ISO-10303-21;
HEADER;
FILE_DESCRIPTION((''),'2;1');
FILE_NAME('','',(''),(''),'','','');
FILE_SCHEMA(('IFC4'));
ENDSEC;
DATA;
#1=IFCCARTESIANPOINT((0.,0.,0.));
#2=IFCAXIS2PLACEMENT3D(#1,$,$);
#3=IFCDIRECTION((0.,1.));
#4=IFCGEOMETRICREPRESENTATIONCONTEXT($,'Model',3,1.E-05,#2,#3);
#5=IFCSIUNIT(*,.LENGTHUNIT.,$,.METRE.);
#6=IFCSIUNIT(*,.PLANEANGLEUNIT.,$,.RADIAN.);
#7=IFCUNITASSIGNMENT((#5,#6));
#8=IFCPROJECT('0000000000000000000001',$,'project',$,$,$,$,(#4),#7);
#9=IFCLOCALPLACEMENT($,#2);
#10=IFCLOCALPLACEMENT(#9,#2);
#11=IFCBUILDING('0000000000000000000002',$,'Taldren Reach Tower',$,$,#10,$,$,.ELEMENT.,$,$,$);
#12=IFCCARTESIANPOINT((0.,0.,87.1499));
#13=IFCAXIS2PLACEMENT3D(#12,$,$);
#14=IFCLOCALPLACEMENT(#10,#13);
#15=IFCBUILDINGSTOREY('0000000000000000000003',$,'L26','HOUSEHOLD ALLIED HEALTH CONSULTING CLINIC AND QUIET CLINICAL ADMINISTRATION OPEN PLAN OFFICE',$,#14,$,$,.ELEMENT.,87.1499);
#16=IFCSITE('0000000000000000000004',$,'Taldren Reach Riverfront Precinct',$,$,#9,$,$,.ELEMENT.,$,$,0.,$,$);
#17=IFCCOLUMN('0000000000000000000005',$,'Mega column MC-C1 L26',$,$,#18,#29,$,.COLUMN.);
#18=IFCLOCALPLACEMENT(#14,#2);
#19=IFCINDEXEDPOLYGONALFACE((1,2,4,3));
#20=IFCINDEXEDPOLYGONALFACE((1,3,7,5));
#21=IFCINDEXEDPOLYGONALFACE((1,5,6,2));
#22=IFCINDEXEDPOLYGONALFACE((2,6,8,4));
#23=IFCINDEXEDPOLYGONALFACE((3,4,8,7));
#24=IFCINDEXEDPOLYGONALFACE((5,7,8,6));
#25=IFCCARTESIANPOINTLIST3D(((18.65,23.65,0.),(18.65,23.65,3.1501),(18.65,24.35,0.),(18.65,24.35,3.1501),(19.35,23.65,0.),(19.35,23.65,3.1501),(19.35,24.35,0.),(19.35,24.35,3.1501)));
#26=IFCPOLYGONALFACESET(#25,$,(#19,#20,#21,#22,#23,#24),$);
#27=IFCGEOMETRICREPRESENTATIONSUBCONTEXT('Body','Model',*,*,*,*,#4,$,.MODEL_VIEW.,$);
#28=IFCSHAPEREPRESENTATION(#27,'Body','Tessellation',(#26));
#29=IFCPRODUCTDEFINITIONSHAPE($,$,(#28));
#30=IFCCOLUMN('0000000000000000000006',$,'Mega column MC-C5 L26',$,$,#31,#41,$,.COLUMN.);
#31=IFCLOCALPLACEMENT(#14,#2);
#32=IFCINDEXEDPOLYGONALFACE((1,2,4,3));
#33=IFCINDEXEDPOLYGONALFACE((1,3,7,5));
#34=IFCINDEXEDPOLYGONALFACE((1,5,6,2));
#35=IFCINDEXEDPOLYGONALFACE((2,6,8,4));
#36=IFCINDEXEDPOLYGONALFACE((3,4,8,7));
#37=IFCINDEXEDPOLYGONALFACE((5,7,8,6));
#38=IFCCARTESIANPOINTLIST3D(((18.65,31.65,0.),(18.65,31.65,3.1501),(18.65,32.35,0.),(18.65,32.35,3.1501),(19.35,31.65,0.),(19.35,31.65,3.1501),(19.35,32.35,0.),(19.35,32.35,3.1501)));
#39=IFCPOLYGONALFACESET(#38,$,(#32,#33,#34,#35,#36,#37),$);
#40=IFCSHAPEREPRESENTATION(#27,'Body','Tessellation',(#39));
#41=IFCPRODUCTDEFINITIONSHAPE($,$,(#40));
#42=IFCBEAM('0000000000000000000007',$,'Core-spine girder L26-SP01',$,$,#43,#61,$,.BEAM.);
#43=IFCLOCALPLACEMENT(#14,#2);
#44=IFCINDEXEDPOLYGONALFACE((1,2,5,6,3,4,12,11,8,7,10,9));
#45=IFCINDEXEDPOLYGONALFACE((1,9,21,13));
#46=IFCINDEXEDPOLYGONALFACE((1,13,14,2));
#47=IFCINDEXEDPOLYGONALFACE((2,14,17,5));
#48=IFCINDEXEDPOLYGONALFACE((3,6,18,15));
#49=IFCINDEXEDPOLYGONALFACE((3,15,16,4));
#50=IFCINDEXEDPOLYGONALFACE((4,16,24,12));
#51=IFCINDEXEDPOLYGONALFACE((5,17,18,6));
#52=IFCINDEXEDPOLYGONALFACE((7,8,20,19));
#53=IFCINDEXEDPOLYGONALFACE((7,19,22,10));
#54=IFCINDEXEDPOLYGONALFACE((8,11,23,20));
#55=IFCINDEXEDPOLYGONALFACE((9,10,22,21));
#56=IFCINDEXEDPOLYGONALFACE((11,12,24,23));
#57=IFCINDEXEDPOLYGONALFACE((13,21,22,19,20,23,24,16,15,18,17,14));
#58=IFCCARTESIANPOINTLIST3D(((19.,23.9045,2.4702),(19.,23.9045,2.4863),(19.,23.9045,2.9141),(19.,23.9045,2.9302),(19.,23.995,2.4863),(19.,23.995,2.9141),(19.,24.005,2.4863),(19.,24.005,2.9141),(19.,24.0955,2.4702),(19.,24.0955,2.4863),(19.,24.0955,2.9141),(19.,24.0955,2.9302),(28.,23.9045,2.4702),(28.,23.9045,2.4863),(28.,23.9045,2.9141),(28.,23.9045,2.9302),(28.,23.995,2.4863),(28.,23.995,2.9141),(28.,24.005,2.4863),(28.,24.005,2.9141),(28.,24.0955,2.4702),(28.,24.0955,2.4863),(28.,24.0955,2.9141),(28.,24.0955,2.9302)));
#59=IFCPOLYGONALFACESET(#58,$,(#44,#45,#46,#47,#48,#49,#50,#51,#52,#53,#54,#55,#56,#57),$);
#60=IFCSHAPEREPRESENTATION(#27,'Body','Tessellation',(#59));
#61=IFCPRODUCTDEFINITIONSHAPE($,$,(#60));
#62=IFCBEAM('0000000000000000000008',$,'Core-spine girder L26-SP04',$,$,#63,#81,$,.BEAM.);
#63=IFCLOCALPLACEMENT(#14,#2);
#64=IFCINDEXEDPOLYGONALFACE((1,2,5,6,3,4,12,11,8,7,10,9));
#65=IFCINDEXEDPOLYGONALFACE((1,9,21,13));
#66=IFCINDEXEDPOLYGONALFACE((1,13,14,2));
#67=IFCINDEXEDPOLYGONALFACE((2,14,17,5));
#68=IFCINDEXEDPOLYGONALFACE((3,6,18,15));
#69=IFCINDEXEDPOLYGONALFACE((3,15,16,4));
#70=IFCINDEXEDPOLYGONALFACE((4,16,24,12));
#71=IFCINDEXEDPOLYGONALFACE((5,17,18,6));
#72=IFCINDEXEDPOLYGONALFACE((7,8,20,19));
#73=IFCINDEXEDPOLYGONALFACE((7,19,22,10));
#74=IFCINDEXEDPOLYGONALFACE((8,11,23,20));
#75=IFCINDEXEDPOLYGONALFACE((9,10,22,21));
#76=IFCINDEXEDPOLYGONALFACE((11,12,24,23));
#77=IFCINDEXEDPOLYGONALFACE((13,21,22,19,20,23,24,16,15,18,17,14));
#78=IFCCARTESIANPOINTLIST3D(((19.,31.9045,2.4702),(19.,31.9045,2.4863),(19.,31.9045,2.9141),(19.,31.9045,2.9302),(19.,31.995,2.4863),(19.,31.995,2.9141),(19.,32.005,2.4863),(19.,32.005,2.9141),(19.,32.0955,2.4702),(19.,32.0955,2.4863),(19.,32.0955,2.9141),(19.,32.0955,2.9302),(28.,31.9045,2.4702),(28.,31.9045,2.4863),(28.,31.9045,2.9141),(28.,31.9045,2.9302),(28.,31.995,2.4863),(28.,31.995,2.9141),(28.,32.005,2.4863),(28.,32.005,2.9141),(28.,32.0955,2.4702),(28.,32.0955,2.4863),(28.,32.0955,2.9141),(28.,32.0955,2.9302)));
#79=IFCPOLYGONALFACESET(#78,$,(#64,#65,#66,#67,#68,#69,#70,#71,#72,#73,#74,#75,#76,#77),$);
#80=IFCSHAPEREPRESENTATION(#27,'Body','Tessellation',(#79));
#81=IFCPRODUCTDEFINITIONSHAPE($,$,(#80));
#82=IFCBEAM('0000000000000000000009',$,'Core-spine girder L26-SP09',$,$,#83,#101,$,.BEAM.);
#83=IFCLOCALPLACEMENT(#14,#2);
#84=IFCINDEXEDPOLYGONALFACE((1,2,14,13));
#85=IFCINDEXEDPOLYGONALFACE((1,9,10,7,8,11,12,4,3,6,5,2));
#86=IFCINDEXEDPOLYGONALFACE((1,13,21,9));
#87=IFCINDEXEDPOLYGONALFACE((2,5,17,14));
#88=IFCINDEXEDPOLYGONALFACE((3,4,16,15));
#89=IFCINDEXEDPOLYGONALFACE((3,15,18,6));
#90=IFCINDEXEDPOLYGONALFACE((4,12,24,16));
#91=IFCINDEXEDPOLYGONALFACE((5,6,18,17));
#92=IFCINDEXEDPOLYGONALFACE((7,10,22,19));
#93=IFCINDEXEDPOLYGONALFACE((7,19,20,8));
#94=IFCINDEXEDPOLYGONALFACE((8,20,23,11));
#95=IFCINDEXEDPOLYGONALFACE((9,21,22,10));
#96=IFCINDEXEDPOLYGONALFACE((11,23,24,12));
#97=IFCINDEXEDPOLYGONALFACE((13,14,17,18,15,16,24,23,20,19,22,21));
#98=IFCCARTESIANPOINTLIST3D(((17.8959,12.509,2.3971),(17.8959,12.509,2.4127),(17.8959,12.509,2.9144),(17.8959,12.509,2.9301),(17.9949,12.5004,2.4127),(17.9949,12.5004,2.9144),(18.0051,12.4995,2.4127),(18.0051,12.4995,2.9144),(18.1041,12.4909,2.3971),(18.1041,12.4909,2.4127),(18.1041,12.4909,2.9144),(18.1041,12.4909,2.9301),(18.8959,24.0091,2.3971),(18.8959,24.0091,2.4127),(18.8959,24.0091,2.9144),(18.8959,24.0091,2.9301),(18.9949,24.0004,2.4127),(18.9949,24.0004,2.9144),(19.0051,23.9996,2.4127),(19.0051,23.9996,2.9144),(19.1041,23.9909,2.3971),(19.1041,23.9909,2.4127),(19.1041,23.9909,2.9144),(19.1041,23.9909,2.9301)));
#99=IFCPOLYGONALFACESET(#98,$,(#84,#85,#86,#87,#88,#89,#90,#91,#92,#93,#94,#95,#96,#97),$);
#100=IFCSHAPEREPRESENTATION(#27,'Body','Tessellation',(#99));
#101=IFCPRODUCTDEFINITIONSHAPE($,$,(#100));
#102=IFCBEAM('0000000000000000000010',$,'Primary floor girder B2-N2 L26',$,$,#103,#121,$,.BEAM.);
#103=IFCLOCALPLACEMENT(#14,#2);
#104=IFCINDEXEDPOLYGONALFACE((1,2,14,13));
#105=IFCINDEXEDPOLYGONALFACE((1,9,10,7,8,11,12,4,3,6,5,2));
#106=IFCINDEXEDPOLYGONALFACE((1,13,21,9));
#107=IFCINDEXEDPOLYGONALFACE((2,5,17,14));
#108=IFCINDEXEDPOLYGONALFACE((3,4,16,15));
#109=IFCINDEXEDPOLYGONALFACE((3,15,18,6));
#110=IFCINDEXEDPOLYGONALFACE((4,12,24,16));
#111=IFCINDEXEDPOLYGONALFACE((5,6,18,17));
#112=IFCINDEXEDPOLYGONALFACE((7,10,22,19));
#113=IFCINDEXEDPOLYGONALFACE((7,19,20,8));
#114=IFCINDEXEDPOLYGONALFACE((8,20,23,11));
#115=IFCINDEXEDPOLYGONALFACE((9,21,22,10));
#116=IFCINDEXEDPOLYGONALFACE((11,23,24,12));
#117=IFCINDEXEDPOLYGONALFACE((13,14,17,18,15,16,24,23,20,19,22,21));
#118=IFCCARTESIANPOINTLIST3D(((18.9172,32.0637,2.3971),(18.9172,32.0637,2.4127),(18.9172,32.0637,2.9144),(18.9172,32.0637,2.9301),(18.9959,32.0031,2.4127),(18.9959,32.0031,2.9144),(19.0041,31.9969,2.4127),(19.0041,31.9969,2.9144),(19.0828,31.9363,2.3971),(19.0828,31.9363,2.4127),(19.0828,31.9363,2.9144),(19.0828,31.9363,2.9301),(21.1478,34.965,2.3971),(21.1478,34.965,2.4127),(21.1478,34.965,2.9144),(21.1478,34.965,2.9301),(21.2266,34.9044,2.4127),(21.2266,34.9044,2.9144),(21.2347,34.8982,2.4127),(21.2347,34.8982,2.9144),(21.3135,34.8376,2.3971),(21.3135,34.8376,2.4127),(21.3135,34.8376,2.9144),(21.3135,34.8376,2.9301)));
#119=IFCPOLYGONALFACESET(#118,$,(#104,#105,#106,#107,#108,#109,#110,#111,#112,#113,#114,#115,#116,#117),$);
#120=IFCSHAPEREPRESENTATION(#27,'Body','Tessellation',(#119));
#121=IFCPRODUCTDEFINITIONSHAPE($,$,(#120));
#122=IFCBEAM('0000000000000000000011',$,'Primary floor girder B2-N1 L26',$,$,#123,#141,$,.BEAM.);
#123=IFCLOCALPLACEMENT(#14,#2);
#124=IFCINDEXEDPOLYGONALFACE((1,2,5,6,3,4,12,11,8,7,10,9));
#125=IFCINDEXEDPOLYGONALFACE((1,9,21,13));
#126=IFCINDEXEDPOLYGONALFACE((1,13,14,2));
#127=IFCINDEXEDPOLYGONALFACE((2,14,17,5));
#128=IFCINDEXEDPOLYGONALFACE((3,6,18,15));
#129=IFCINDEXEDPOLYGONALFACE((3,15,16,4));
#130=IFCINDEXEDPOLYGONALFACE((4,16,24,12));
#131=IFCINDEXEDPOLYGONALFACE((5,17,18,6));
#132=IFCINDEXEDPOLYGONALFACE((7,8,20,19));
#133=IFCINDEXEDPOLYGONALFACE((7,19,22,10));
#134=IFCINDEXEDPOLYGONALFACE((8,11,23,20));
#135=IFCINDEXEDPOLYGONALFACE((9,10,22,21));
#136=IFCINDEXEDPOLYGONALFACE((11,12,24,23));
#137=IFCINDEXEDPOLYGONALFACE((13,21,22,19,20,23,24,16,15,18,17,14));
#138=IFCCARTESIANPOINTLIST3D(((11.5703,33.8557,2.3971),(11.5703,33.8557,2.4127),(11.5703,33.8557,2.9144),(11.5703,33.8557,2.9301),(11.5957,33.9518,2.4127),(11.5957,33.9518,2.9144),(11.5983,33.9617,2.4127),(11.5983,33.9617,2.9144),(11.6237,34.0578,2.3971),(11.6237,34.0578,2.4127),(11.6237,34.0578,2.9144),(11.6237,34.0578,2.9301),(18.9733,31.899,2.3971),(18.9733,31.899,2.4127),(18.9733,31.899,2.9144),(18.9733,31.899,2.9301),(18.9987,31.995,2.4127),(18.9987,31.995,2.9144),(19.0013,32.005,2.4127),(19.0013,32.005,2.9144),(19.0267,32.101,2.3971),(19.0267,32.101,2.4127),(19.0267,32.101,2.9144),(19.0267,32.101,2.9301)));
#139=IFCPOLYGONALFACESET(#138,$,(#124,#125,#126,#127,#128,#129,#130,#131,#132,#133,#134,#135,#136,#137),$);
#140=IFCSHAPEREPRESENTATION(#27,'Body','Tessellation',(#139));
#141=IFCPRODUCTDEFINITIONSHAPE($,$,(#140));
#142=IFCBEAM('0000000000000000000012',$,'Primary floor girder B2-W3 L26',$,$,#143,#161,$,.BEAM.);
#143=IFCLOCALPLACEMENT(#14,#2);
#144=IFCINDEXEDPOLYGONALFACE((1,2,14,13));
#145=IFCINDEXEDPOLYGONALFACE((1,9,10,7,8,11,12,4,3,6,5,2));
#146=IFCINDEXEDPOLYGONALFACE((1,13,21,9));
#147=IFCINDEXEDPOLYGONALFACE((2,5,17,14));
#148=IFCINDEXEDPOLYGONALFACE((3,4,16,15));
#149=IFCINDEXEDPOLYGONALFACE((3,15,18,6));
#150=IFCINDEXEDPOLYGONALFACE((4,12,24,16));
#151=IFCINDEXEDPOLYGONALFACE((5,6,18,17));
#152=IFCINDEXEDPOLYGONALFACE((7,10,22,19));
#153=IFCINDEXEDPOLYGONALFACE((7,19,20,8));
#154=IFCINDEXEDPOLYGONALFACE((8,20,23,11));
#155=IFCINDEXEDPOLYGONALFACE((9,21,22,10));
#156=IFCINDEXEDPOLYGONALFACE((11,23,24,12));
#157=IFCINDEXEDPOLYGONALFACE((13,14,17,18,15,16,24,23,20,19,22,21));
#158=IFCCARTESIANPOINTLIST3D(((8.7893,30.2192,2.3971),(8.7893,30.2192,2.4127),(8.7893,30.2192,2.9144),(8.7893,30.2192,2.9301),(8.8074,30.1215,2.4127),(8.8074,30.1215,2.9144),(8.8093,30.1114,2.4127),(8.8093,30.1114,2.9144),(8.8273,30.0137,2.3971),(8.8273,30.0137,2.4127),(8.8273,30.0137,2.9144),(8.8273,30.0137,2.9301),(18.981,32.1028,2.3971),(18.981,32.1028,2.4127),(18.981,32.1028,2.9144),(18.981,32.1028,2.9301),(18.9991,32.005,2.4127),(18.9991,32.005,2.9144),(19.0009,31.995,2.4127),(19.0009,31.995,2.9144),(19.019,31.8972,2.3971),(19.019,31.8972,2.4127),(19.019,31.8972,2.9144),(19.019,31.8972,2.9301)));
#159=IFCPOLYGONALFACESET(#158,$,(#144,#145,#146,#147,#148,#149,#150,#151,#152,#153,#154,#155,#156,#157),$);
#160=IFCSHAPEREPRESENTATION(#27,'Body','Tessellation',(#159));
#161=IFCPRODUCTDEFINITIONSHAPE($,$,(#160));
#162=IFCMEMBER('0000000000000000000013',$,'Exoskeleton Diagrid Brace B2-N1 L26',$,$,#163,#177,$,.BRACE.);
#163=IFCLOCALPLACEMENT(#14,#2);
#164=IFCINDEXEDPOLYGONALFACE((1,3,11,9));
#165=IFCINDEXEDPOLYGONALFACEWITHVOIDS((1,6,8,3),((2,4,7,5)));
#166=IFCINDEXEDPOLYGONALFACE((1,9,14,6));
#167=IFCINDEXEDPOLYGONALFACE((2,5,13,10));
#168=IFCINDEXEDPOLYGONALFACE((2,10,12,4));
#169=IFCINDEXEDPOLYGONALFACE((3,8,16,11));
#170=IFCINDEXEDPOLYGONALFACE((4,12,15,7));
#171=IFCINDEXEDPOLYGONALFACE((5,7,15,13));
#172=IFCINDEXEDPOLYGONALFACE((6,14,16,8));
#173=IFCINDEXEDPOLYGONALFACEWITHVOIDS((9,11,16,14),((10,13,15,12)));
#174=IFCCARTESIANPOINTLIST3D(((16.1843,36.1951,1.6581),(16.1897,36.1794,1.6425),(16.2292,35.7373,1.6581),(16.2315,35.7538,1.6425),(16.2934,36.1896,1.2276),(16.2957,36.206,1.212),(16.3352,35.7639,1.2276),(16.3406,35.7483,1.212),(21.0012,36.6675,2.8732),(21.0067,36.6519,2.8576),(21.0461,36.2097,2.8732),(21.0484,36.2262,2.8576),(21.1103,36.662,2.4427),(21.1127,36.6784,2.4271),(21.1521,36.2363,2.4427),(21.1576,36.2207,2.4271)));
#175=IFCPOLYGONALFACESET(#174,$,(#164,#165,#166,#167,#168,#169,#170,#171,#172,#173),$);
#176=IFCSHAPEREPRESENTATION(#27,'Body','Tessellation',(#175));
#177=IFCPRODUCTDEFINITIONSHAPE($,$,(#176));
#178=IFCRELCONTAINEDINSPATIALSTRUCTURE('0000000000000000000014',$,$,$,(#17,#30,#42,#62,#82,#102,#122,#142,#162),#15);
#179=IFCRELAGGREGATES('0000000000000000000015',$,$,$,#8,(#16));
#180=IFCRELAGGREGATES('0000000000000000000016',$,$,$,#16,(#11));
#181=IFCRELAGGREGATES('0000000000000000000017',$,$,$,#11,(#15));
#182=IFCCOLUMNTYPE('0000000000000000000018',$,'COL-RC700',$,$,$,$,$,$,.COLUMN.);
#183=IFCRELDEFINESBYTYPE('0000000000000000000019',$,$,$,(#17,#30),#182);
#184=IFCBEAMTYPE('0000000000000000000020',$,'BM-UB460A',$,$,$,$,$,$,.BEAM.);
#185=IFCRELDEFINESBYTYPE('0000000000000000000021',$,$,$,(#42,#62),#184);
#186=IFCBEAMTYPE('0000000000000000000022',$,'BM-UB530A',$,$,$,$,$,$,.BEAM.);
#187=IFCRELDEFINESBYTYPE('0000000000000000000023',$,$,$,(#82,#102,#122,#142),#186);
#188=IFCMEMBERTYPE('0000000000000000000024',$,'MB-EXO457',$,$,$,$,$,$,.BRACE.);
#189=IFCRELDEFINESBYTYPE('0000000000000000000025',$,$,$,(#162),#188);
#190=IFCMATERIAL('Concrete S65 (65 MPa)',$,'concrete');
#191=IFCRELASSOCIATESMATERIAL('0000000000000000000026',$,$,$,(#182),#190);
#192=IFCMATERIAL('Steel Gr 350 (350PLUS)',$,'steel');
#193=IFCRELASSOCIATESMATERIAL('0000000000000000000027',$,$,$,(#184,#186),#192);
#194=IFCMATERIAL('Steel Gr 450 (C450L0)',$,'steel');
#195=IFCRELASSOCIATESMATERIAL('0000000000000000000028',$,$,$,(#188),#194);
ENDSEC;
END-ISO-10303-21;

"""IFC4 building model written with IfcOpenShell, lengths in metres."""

from ifc_helpers import new_model, si_unit, direction, frame, origin, origin_2d, place, context, subcontext, project, spatial, rectangle, hollow_rectangle, i_section, extrude, source, transform, mapped, material, material_profile, profile_set, type_object, element, save


model = new_model("IFC4")

# Units and contexts
model_context = context("Model", 3, precision=1e-05, world=origin(), true_north=direction((0.0, 1.0)))
body_context = subcontext(model_context, "Body", "Model", "MODEL_VIEW")
ifc_project = project(units=[si_unit("LENGTHUNIT", "METRE"), si_unit("PLANEANGLEUNIT", "RADIAN")], contexts=[model_context])

# Site, building, storey
site_placement = place(None, origin())
site = spatial("IfcSite", under=ifc_project, at=site_placement, Name="Taldren Reach Riverfront Precinct", CompositionType="ELEMENT", RefElevation=0.0)
building_placement = place(site_placement, origin())
building = spatial("IfcBuilding", under=site, at=building_placement, Name="Taldren Reach Tower", CompositionType="ELEMENT")
storey_placement = place(building_placement, frame((0.0, 0.0, 87.1499)))
storey = spatial("IfcBuildingStorey", under=building, at=storey_placement, Name="L26", Description="HOUSEHOLD ALLIED HEALTH CONSULTING CLINIC AND QUIET CLINICAL ADMINISTRATION OPEN PLAN OFFICE", CompositionType="ELEMENT", Elevation=87.1499)

# Columns
ifc_material_1 = material(Name="Concrete S65 (65 MPa)", Category="concrete")
ifc_material_profile_1 = material_profile(ifc_material_1, rectangle(XDim=0.7, YDim=0.7, at=origin_2d()), Name="RC-700x700")
ifc_profile_set_1 = profile_set([ifc_material_profile_1], Name="Concrete S65 (65 MPa)")
column_type = type_object("IfcColumnType", Name="COL-RC700", PredefinedType="COLUMN", material=ifc_profile_set_1)
shared_shape_1 = source(origin(), body_context, "Body", "SweptSolid", [
    extrude(rectangle(XDim=0.7, YDim=0.7, at=origin_2d()), origin(), (0.0, 0.0, 1.0), 3.1501),
])
for number, where, z_axis, x_axis, name in (
    (1, (19.0, 24.0, 0.0), (0.0, 0.0, 1.0), (1.0, 0.0, 0.0), "Mega column MC-C1 L26"),
    (2, (19.0, 32.0, 0.0), (0.0, 0.0, 1.0), (1.0, 0.0, 0.0), "Mega column MC-C5 L26"),
):
    element("IfcColumn", number, at=place(storey_placement, frame(where, z_axis=z_axis, x_axis=x_axis)), inside=storey, type_object=column_type, Name=name, PredefinedType="COLUMN", context=body_context, shape_type="MappedRepresentation", body=[
        mapped(shared_shape_1, transform((0.0, 0.0, 0.0), scale=1.0)),
    ])

# Beams
ifc_material_2 = material(Name="Steel Gr 350 (350PLUS)", Category="steel")
ifc_material_profile_2 = material_profile(ifc_material_2, i_section(OverallWidth=0.1909, OverallDepth=0.46, WebThickness=0.01, FlangeThickness=0.0161, at=origin_2d()), Name="460UB82.1")
ifc_profile_set_2 = profile_set([ifc_material_profile_2], Name="Steel Gr 350 (350PLUS)")
beam_type_1 = type_object("IfcBeamType", Name="BM-UB460A", PredefinedType="BEAM", material=ifc_profile_set_2)
shared_shape_2 = source(origin(), body_context, "Body", "SweptSolid", [
    extrude(i_section(OverallWidth=0.1909, OverallDepth=0.46, WebThickness=0.01, FlangeThickness=0.0161, at=origin_2d()), origin(), (0.0, 0.0, 1.0), 9.0),
])
for number, where, z_axis, x_axis, name in (
    (3, (19.0, 24.0, 2.7002), (1.0, 0.0, 0.0), (0.0, 1.0, 0.0), "Core-spine girder L26-SP01"),
    (4, (19.0, 32.0, 2.7002), (1.0, 0.0, 0.0), (0.0, 1.0, 0.0), "Core-spine girder L26-SP04"),
):
    element("IfcBeam", number, at=place(storey_placement, frame(where, z_axis=z_axis, x_axis=x_axis)), inside=storey, type_object=beam_type_1, Name=name, PredefinedType="BEAM", context=body_context, shape_type="MappedRepresentation", body=[
        mapped(shared_shape_2, transform((0.0, 0.0, 0.0), scale=1.0)),
    ])
ifc_material_profile_3 = material_profile(ifc_material_2, i_section(OverallWidth=0.209, OverallDepth=0.533, WebThickness=0.0103, FlangeThickness=0.0156, at=origin_2d()), Name="530UB92.4")
ifc_profile_set_3 = profile_set([ifc_material_profile_3], Name="Steel Gr 350 (350PLUS)")
beam_type_2 = type_object("IfcBeamType", Name="BM-UB530A", PredefinedType="BEAM", material=ifc_profile_set_3)
shared_shape_3 = source(origin(), body_context, "Body", "SweptSolid", [
    extrude(i_section(OverallWidth=0.209, OverallDepth=0.533, WebThickness=0.0103, FlangeThickness=0.0156, at=origin_2d()), origin(), (0.0, 0.0, 1.0), 11.5435),
])
beam_1_placement = place(storey_placement, frame((19.0, 24.0, 2.6636), z_axis=(-0.08663, -0.996241, 0.0), x_axis=(0.996241, -0.08663, 0.0)))
element("IfcBeam", 5, at=beam_1_placement, inside=storey, type_object=beam_type_2, Name="Core-spine girder L26-SP09", PredefinedType="BEAM", context=body_context, shape_type="MappedRepresentation", body=[
    mapped(shared_shape_3, transform((0.0, 0.0, 0.0), scale=1.0)),
])
shared_shape_4 = source(origin(), body_context, "Body", "SweptSolid", [
    extrude(i_section(OverallWidth=0.209, OverallDepth=0.533, WebThickness=0.0103, FlangeThickness=0.0156, at=origin_2d()), origin(), (0.0, 0.0, 1.0), 3.6597),
])
beam_2_placement = place(storey_placement, frame((19.0, 32.0, 2.6636), z_axis=(0.609521, 0.79277, 0.0), x_axis=(-0.79277, 0.609521, 0.0)))
element("IfcBeam", 6, at=beam_2_placement, inside=storey, type_object=beam_type_2, Name="Primary floor girder B2-N2 L26", PredefinedType="BEAM", context=body_context, shape_type="MappedRepresentation", body=[
    mapped(shared_shape_4, transform((0.0, 0.0, 0.0), scale=1.0)),
])
shared_shape_5 = source(origin(), body_context, "Body", "SweptSolid", [
    extrude(i_section(OverallWidth=0.209, OverallDepth=0.533, WebThickness=0.0103, FlangeThickness=0.0156, at=origin_2d()), origin(), (0.0, 0.0, 1.0), 7.6572),
])
beam_3_placement = place(storey_placement, frame((19.0, 32.0, 2.6636), z_axis=(-0.966797, 0.255545, 0.0), x_axis=(-0.255545, -0.966797, 0.0)))
element("IfcBeam", 7, at=beam_3_placement, inside=storey, type_object=beam_type_2, Name="Primary floor girder B2-N1 L26", PredefinedType="BEAM", context=body_context, shape_type="MappedRepresentation", body=[
    mapped(shared_shape_5, transform((0.0, 0.0, 0.0), scale=1.0)),
])
shared_shape_6 = source(origin(), body_context, "Body", "SweptSolid", [
    extrude(i_section(OverallWidth=0.209, OverallDepth=0.533, WebThickness=0.0103, FlangeThickness=0.0156, at=origin_2d()), origin(), (0.0, 0.0, 1.0), 10.3643),
])
beam_4_placement = place(storey_placement, frame((19.0, 32.0, 2.6636), z_axis=(-0.983348, -0.181735, 0.0), x_axis=(0.181735, -0.983348, 0.0)))
element("IfcBeam", 8, at=beam_4_placement, inside=storey, type_object=beam_type_2, Name="Primary floor girder B2-W3 L26", PredefinedType="BEAM", context=body_context, shape_type="MappedRepresentation", body=[
    mapped(shared_shape_6, transform((0.0, 0.0, 0.0), scale=1.0)),
])

# Member
ifc_material_3 = material(Name="Steel Gr 450 (C450L0)", Category="steel")
ifc_material_profile_4 = material_profile(ifc_material_3, hollow_rectangle(XDim=0.46, YDim=0.46, WallThickness=0.0161, at=origin_2d()), Name="460x460x16.0SHS")
ifc_profile_set_4 = profile_set([ifc_material_profile_4], Name="Steel Gr 450 (C450L0)")
member_type_1 = type_object("IfcMemberType", Name="MB-EXO457", PredefinedType="BRACE", material=ifc_profile_set_4)
shared_shape_7 = source(origin(), body_context, "Body", "SweptSolid", [
    extrude(hollow_rectangle(XDim=0.46, YDim=0.46, WallThickness=0.0161, at=origin_2d()), origin(), (0.0, 0.0, 1.0), 4.9902),
])
member_1_placement = place(storey_placement, frame((16.2625, 35.9717, 1.4351), z_axis=(0.965271, 0.094668, 0.243495), x_axis=(-0.097606, 0.995225, 0.0)))
element("IfcMember", 9, at=member_1_placement, inside=storey, type_object=member_type_1, Name="Exoskeleton Diagrid Brace B2-N1 L26", PredefinedType="BRACE", context=body_context, shape_type="MappedRepresentation", body=[
    mapped(shared_shape_7, transform((0.0, 0.0, 0.0), scale=1.0)),
])

save(model, "model.ifc")
